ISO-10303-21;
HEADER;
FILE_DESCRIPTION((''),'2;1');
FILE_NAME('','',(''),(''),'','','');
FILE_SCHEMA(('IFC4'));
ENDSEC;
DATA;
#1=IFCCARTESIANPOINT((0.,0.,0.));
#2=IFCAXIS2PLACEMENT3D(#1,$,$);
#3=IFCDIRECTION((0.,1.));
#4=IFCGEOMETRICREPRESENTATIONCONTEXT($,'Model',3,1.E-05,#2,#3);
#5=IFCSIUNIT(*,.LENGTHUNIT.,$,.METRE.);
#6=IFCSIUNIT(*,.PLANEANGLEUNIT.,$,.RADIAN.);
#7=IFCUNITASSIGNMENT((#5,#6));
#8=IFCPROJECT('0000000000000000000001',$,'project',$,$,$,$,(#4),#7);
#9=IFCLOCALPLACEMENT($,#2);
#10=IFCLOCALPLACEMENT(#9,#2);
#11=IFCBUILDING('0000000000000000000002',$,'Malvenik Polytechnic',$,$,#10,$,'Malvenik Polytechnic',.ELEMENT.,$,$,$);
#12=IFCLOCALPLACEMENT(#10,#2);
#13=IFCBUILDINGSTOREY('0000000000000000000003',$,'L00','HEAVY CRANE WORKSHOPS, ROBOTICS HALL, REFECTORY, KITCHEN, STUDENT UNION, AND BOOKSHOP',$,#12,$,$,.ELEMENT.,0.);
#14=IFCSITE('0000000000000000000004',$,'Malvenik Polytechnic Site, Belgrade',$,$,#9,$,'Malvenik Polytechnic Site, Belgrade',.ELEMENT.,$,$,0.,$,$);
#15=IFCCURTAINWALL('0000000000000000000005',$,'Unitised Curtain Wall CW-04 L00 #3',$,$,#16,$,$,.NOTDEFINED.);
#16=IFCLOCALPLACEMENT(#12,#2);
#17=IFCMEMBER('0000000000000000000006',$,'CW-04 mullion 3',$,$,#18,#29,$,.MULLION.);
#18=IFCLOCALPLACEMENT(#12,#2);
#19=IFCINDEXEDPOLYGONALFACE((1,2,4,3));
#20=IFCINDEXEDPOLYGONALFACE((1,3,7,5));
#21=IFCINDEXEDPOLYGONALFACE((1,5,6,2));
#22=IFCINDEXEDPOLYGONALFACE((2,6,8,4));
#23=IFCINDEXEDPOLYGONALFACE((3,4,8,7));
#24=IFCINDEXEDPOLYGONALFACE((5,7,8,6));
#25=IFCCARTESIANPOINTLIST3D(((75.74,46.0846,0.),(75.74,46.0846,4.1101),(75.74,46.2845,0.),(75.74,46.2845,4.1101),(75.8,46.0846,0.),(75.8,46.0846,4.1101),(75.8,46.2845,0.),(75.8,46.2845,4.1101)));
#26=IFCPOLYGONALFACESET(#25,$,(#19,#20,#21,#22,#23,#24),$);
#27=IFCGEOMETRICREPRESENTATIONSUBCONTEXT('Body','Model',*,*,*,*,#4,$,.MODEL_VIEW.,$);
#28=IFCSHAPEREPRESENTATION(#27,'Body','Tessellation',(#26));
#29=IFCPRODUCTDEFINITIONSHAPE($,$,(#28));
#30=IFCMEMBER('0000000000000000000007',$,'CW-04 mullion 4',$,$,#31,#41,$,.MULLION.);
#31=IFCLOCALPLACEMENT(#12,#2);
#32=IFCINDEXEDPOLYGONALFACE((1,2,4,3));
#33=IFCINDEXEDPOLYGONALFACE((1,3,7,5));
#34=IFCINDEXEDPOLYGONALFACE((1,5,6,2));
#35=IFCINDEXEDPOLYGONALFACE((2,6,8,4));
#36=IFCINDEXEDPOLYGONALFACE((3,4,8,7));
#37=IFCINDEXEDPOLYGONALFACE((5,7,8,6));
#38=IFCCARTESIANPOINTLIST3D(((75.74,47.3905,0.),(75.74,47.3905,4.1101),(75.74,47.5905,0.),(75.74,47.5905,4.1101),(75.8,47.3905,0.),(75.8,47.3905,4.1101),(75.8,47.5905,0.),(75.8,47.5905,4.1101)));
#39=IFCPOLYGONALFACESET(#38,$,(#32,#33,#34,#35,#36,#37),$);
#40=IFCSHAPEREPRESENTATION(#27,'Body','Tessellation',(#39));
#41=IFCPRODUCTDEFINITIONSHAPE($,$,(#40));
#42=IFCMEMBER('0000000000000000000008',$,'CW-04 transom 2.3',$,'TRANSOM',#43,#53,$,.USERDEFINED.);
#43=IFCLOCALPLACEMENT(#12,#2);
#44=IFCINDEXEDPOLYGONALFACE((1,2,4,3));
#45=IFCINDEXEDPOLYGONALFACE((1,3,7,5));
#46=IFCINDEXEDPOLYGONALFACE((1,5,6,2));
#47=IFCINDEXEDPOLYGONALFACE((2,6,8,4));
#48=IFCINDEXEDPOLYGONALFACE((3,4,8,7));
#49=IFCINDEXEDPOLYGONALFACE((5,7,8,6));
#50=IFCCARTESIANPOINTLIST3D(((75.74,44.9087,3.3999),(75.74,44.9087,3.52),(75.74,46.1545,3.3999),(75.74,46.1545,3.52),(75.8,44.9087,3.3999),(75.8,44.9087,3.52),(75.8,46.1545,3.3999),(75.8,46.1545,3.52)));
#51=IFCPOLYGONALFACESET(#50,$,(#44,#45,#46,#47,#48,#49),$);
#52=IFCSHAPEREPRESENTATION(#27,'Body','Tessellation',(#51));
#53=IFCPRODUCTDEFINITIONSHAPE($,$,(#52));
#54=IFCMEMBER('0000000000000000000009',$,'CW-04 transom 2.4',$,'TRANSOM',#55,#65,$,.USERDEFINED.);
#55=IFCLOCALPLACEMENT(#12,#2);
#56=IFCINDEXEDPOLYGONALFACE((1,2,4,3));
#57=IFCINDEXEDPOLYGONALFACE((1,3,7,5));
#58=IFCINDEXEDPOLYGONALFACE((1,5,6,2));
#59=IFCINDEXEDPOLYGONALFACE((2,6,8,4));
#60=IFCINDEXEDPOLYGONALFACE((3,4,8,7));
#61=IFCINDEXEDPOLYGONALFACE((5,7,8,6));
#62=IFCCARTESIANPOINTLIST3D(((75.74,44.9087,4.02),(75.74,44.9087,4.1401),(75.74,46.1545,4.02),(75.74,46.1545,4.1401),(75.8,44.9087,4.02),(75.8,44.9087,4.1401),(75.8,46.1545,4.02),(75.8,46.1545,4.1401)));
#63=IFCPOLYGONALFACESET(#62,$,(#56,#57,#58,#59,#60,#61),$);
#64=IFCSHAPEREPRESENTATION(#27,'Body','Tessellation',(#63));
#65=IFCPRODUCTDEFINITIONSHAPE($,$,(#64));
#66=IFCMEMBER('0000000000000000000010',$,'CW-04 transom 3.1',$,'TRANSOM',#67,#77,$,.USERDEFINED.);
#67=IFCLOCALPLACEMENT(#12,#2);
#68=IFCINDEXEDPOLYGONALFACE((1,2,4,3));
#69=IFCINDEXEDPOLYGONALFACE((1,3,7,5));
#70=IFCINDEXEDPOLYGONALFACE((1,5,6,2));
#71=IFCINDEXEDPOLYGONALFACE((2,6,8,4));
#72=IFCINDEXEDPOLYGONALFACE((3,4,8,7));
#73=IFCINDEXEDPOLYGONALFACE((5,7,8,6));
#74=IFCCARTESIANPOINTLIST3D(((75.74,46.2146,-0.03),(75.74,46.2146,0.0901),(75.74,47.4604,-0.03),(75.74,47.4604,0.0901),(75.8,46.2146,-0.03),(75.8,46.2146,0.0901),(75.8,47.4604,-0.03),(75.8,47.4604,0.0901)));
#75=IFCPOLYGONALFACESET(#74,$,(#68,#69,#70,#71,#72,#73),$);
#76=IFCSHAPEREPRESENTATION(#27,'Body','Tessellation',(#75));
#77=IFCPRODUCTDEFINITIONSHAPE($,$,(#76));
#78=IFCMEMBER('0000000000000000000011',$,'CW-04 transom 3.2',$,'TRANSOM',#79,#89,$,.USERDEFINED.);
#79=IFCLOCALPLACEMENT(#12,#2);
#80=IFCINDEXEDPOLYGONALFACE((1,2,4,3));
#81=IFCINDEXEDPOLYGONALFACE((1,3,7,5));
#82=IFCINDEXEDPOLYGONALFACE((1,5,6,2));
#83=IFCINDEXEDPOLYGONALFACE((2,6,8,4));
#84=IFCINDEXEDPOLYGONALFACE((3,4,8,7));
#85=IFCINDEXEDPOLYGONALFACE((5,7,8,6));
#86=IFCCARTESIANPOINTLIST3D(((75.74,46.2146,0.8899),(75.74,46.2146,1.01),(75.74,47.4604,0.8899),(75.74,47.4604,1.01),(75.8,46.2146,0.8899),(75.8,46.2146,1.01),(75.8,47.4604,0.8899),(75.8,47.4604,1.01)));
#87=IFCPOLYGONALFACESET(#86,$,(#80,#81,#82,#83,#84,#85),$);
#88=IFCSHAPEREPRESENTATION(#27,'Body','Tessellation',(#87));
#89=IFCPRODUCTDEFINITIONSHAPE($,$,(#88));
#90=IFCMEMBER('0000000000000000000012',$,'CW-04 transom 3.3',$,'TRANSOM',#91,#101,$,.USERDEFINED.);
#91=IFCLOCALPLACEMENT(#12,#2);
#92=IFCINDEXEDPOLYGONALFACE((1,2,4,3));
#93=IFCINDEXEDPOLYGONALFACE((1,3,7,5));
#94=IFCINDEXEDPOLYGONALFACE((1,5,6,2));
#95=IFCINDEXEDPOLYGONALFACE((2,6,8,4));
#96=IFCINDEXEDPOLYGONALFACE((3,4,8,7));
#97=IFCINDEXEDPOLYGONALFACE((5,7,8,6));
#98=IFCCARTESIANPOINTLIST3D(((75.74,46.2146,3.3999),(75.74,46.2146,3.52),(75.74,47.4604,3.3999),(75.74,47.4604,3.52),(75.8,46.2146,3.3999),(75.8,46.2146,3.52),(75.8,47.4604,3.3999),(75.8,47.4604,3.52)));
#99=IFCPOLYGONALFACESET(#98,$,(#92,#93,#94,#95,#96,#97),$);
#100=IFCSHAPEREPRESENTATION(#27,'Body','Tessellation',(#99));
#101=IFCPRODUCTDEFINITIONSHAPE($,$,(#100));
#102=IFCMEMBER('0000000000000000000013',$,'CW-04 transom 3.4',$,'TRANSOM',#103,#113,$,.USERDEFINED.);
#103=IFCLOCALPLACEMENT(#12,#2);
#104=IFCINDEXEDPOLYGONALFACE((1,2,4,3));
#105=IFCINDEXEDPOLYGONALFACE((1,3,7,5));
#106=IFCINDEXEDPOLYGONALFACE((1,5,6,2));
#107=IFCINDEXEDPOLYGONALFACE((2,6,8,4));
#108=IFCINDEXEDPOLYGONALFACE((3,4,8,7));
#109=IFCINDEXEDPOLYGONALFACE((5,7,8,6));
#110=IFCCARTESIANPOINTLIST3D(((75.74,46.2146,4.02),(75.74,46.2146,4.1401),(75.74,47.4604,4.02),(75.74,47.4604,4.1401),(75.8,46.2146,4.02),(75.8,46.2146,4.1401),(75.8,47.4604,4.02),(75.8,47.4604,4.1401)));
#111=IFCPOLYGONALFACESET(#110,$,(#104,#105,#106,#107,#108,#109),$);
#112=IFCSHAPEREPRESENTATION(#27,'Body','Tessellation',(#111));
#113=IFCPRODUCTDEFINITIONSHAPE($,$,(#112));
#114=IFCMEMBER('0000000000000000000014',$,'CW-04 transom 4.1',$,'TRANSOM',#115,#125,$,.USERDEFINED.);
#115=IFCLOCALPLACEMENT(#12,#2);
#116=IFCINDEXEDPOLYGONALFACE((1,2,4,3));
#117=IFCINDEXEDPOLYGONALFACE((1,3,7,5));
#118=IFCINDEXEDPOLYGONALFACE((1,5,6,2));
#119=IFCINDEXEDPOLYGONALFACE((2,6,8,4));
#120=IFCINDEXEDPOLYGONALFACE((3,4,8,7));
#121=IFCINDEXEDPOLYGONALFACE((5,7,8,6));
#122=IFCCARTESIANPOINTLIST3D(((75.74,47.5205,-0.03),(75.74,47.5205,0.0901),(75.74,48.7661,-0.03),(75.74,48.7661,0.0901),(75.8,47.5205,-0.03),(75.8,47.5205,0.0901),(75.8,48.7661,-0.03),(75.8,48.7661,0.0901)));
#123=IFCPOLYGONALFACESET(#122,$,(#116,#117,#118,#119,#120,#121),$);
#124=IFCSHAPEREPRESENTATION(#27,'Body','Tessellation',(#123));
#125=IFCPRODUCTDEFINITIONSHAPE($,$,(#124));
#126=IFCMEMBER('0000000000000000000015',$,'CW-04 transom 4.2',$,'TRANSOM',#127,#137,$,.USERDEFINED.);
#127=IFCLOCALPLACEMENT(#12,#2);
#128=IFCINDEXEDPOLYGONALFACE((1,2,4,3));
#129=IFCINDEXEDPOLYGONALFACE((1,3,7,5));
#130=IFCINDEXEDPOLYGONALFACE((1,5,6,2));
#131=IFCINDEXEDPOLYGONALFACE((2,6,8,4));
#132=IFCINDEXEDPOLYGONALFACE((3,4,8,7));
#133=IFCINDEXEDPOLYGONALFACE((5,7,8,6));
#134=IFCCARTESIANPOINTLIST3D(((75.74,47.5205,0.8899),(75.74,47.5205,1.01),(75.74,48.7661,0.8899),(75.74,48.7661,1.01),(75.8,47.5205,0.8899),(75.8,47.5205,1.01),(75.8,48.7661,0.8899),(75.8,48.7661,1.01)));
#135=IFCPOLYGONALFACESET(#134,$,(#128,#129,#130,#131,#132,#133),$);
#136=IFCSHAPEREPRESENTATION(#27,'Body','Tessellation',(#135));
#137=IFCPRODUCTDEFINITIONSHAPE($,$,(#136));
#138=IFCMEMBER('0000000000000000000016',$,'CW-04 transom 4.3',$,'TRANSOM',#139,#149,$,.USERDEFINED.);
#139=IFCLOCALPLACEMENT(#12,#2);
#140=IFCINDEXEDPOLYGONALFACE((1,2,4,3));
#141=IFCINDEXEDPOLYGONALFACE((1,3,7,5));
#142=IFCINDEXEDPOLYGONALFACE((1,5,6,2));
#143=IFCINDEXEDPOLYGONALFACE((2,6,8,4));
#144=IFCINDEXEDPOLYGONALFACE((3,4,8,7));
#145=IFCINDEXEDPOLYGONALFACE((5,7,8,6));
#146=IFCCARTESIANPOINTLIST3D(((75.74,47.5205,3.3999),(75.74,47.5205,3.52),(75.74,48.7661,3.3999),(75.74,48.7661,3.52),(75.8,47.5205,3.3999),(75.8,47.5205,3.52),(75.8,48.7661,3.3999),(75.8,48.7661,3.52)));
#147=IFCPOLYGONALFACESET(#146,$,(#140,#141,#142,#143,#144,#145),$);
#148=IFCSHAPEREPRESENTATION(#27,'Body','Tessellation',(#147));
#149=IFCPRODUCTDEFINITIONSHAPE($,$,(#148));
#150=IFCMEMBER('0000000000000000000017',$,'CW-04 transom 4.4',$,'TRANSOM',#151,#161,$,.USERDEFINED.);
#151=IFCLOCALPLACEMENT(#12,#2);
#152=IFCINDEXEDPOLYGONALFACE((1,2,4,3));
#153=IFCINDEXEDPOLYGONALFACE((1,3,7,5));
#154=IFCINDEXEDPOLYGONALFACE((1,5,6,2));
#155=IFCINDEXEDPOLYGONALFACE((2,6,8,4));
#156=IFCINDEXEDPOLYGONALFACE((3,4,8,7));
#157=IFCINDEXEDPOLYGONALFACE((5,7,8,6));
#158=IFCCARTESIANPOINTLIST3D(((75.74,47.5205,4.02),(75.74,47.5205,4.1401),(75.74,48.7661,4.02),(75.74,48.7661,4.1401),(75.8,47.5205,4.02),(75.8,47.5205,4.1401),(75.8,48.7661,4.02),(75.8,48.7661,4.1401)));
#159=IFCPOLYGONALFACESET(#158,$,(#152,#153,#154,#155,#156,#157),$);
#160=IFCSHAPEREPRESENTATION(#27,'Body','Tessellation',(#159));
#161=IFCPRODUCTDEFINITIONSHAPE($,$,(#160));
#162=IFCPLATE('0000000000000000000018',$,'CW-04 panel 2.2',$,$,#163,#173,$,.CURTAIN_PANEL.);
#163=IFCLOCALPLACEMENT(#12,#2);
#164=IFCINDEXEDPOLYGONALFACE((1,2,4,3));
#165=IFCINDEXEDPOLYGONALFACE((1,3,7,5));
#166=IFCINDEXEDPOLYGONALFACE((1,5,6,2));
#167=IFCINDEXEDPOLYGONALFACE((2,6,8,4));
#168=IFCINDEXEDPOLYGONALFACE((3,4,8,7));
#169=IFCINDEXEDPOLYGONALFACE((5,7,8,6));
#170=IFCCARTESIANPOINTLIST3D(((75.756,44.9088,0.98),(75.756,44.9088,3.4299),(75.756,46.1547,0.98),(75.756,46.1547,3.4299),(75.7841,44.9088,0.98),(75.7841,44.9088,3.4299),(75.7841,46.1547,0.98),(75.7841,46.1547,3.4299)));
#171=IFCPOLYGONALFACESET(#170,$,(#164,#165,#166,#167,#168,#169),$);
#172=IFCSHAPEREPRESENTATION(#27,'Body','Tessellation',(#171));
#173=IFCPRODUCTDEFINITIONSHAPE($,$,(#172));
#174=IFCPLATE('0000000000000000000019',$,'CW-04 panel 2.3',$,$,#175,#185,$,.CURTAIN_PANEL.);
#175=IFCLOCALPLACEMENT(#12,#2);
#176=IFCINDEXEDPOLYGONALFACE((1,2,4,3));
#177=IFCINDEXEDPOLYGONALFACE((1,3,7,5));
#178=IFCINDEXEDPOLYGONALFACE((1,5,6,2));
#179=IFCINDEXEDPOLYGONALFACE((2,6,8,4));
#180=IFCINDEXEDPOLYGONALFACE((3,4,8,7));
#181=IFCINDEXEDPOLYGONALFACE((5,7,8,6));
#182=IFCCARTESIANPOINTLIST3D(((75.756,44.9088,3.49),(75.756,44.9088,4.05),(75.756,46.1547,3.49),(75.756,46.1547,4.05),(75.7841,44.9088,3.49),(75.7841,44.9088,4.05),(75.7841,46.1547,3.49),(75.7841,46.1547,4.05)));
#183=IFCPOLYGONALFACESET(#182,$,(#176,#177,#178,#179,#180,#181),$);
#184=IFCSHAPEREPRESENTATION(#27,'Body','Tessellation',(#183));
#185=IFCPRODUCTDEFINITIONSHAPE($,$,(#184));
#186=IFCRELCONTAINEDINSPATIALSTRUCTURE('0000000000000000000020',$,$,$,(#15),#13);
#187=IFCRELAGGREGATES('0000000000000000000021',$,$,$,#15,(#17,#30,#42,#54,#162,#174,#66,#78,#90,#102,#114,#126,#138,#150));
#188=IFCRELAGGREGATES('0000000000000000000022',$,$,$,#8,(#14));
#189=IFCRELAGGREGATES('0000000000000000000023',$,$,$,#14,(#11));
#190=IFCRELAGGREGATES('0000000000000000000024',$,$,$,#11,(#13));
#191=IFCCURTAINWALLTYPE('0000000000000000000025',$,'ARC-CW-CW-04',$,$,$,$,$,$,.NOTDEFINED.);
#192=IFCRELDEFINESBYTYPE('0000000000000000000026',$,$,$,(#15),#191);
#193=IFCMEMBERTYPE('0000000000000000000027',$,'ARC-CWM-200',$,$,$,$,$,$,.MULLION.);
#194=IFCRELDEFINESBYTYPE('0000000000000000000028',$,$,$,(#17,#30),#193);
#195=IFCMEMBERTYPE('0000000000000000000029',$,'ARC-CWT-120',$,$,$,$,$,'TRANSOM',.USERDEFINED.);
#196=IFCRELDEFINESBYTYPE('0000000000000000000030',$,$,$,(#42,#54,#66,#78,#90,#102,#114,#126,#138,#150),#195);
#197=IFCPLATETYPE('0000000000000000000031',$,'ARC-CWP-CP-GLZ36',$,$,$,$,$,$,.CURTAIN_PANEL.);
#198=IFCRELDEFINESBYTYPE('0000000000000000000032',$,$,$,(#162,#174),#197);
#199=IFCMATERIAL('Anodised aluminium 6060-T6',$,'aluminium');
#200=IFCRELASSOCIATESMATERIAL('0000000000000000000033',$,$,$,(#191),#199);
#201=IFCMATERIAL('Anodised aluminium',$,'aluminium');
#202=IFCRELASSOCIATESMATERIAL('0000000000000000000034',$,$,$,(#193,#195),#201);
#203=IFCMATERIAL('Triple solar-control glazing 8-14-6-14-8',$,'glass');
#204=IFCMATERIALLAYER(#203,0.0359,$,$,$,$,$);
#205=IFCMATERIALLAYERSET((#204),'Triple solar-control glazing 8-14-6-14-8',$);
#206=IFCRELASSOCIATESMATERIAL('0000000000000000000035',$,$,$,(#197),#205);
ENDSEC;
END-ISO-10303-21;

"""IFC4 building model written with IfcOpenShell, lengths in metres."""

from ifc_helpers import new_model, si_unit, direction, frame, origin, origin_2d, place, context, subcontext, project, spatial, rectangle, extrude, material, layer, layer_set, material_profile, profile_set, type_object, element, aggregate, save


model = new_model("IFC4")

# Units and contexts
model_context = context("Model", 3, precision=1e-05, world=origin(), true_north=direction((0.0, 1.0)))
body_context = subcontext(model_context, "Body", "Model", "MODEL_VIEW")
ifc_project = project(units=[si_unit("LENGTHUNIT", "METRE"), si_unit("PLANEANGLEUNIT", "RADIAN")], contexts=[model_context])

# Site, building, storey
site_placement = place(None, origin())
site = spatial("IfcSite", under=ifc_project, at=site_placement, Name="Malvenik Polytechnic Site, Belgrade", LongName="Malvenik Polytechnic Site, Belgrade", CompositionType="ELEMENT", RefElevation=0.0)
building_placement = place(site_placement, origin())
building = spatial("IfcBuilding", under=site, at=building_placement, Name="Malvenik Polytechnic", LongName="Malvenik Polytechnic", CompositionType="ELEMENT")
storey_placement = place(building_placement, origin())
storey = spatial("IfcBuildingStorey", under=building, at=storey_placement, Name="L00", Description="HEAVY CRANE WORKSHOPS, ROBOTICS HALL, REFECTORY, KITCHEN, STUDENT UNION, AND BOOKSHOP", CompositionType="ELEMENT", Elevation=0.0)

# Curtain wall, members, plates
ifc_material_1 = material(Name="Anodised aluminium 6060-T6", Category="aluminium")
curtain_wall_type = type_object("IfcCurtainWallType", Name="ARC-CW-CW-04", PredefinedType="NOTDEFINED", material=ifc_material_1)
curtain_wall_placement = place(storey_placement, origin())
curtain_wall = element("IfcCurtainWall", 1, at=curtain_wall_placement, inside=storey, type_object=curtain_wall_type, Name="Unitised Curtain Wall CW-04 L00 #3", PredefinedType="NOTDEFINED")
ifc_material_2 = material(Name="Anodised aluminium", Category="aluminium")
ifc_material_profile_1 = material_profile(ifc_material_2, rectangle(XDim=0.0601, YDim=0.2, at=origin_2d()), Name="ALU MULLION 60x200")
ifc_profile_set_1 = profile_set([ifc_material_profile_1], Name="Anodised aluminium")
member_type_1 = type_object("IfcMemberType", Name="ARC-CWM-200", PredefinedType="MULLION", material=ifc_profile_set_1)
member_1_placement = place(storey_placement, frame((75.77, 46.1846, 0.0), z_axis=(0.0, 0.0, 1.0), x_axis=(-1.0, 0.0, 0.0)))
member_1 = element("IfcMember", 2, at=member_1_placement, type_object=member_type_1, Name="CW-04 mullion 3", PredefinedType="MULLION", context=body_context, shape_type="SweptSolid", body=[
    extrude(rectangle(XDim=0.0601, YDim=0.2, at=origin_2d()), origin(), (0.0, 0.0, 1.0), 4.1101),
])
member_2_placement = place(storey_placement, frame((75.77, 47.4905, 0.0), z_axis=(0.0, 0.0, 1.0), x_axis=(-1.0, 0.0, 0.0)))
member_2 = element("IfcMember", 3, at=member_2_placement, type_object=member_type_1, Name="CW-04 mullion 4", PredefinedType="MULLION", context=body_context, shape_type="SweptSolid", body=[
    extrude(rectangle(XDim=0.0601, YDim=0.2, at=origin_2d()), origin(), (0.0, 0.0, 1.0), 4.1101),
])
ifc_material_profile_2 = material_profile(ifc_material_2, rectangle(XDim=0.0601, YDim=0.1201, at=origin_2d()), Name="ALU TRANSOM 60x120")
ifc_profile_set_2 = profile_set([ifc_material_profile_2], Name="Anodised aluminium")
member_type_2 = type_object("IfcMemberType", Name="ARC-CWT-120", ElementType="TRANSOM", PredefinedType="USERDEFINED", material=ifc_profile_set_2)
member_3_placement = place(storey_placement, frame((75.77, 44.9087, 3.46), z_axis=(0.0, 1.0, 0.0), x_axis=(-1.0, 0.0, 0.0)))
member_3 = element("IfcMember", 4, at=member_3_placement, type_object=member_type_2, Name="CW-04 transom 2.3", ObjectType="TRANSOM", PredefinedType="USERDEFINED", context=body_context, shape_type="SweptSolid", body=[
    extrude(rectangle(XDim=0.0601, YDim=0.1201, at=origin_2d()), origin(), (0.0, 0.0, 1.0), 1.2458),
])
member_4_placement = place(storey_placement, frame((75.77, 44.9087, 4.0801), z_axis=(0.0, 1.0, 0.0), x_axis=(-1.0, 0.0, 0.0)))
member_4 = element("IfcMember", 5, at=member_4_placement, type_object=member_type_2, Name="CW-04 transom 2.4", ObjectType="TRANSOM", PredefinedType="USERDEFINED", context=body_context, shape_type="SweptSolid", body=[
    extrude(rectangle(XDim=0.0601, YDim=0.1201, at=origin_2d()), origin(), (0.0, 0.0, 1.0), 1.2458),
])
member_5_placement = place(storey_placement, frame((75.77, 46.2146, 0.03), z_axis=(0.0, 1.0, 0.0), x_axis=(-1.0, 0.0, 0.0)))
member_5 = element("IfcMember", 6, at=member_5_placement, type_object=member_type_2, Name="CW-04 transom 3.1", ObjectType="TRANSOM", PredefinedType="USERDEFINED", context=body_context, shape_type="SweptSolid", body=[
    extrude(rectangle(XDim=0.0601, YDim=0.1201, at=origin_2d()), origin(), (0.0, 0.0, 1.0), 1.2458),
])
member_6_placement = place(storey_placement, frame((75.77, 46.2146, 0.95), z_axis=(0.0, 1.0, 0.0), x_axis=(-1.0, 0.0, 0.0)))
member_6 = element("IfcMember", 7, at=member_6_placement, type_object=member_type_2, Name="CW-04 transom 3.2", ObjectType="TRANSOM", PredefinedType="USERDEFINED", context=body_context, shape_type="SweptSolid", body=[
    extrude(rectangle(XDim=0.0601, YDim=0.1201, at=origin_2d()), origin(), (0.0, 0.0, 1.0), 1.2458),
])
member_7_placement = place(storey_placement, frame((75.77, 46.2146, 3.46), z_axis=(0.0, 1.0, 0.0), x_axis=(-1.0, 0.0, 0.0)))
member_7 = element("IfcMember", 8, at=member_7_placement, type_object=member_type_2, Name="CW-04 transom 3.3", ObjectType="TRANSOM", PredefinedType="USERDEFINED", context=body_context, shape_type="SweptSolid", body=[
    extrude(rectangle(XDim=0.0601, YDim=0.1201, at=origin_2d()), origin(), (0.0, 0.0, 1.0), 1.2458),
])
member_8_placement = place(storey_placement, frame((75.77, 46.2146, 4.0801), z_axis=(0.0, 1.0, 0.0), x_axis=(-1.0, 0.0, 0.0)))
member_8 = element("IfcMember", 9, at=member_8_placement, type_object=member_type_2, Name="CW-04 transom 3.4", ObjectType="TRANSOM", PredefinedType="USERDEFINED", context=body_context, shape_type="SweptSolid", body=[
    extrude(rectangle(XDim=0.0601, YDim=0.1201, at=origin_2d()), origin(), (0.0, 0.0, 1.0), 1.2458),
])
member_9_placement = place(storey_placement, frame((75.77, 47.5205, 0.03), z_axis=(0.0, 1.0, 0.0), x_axis=(-1.0, 0.0, 0.0)))
member_9 = element("IfcMember", 10, at=member_9_placement, type_object=member_type_2, Name="CW-04 transom 4.1", ObjectType="TRANSOM", PredefinedType="USERDEFINED", context=body_context, shape_type="SweptSolid", body=[
    extrude(rectangle(XDim=0.0601, YDim=0.1201, at=origin_2d()), origin(), (0.0, 0.0, 1.0), 1.2456),
])
member_10_placement = place(storey_placement, frame((75.77, 47.5205, 0.95), z_axis=(0.0, 1.0, 0.0), x_axis=(-1.0, 0.0, 0.0)))
member_10 = element("IfcMember", 11, at=member_10_placement, type_object=member_type_2, Name="CW-04 transom 4.2", ObjectType="TRANSOM", PredefinedType="USERDEFINED", context=body_context, shape_type="SweptSolid", body=[
    extrude(rectangle(XDim=0.0601, YDim=0.1201, at=origin_2d()), origin(), (0.0, 0.0, 1.0), 1.2456),
])
member_11_placement = place(storey_placement, frame((75.77, 47.5205, 3.46), z_axis=(0.0, 1.0, 0.0), x_axis=(-1.0, 0.0, 0.0)))
member_11 = element("IfcMember", 12, at=member_11_placement, type_object=member_type_2, Name="CW-04 transom 4.3", ObjectType="TRANSOM", PredefinedType="USERDEFINED", context=body_context, shape_type="SweptSolid", body=[
    extrude(rectangle(XDim=0.0601, YDim=0.1201, at=origin_2d()), origin(), (0.0, 0.0, 1.0), 1.2456),
])
member_12_placement = place(storey_placement, frame((75.77, 47.5205, 4.0801), z_axis=(0.0, 1.0, 0.0), x_axis=(-1.0, 0.0, 0.0)))
member_12 = element("IfcMember", 13, at=member_12_placement, type_object=member_type_2, Name="CW-04 transom 4.4", ObjectType="TRANSOM", PredefinedType="USERDEFINED", context=body_context, shape_type="SweptSolid", body=[
    extrude(rectangle(XDim=0.0601, YDim=0.1201, at=origin_2d()), origin(), (0.0, 0.0, 1.0), 1.2456),
])
ifc_material_3 = material(Name="Triple solar-control glazing 8-14-6-14-8", Category="glass")
ifc_layer_1 = layer(ifc_material_3, 0.0359)
ifc_layer_set_1 = layer_set([ifc_layer_1], Name="Triple solar-control glazing 8-14-6-14-8")
plate_type_1 = type_object("IfcPlateType", Name="ARC-CWP-CP-GLZ36", PredefinedType="CURTAIN_PANEL", material=ifc_layer_set_1)
plate_1_placement = place(storey_placement, frame((75.77, 45.5317, 0.98), z_axis=(0.0, 0.0, 1.0), x_axis=(0.0, 1.0, 0.0)))
plate_1 = element("IfcPlate", 14, at=plate_1_placement, type_object=plate_type_1, Name="CW-04 panel 2.2", PredefinedType="CURTAIN_PANEL", context=body_context, shape_type="SweptSolid", body=[
    extrude(rectangle(XDim=1.2458, YDim=0.0281, at=origin_2d()), origin(), (0.0, 0.0, 1.0), 2.45),
])
plate_2_placement = place(storey_placement, frame((75.77, 45.5317, 3.49), z_axis=(0.0, 0.0, 1.0), x_axis=(0.0, 1.0, 0.0)))
plate_2 = element("IfcPlate", 15, at=plate_2_placement, type_object=plate_type_1, Name="CW-04 panel 2.3", PredefinedType="CURTAIN_PANEL", context=body_context, shape_type="SweptSolid", body=[
    extrude(rectangle(XDim=1.2458, YDim=0.0281, at=origin_2d()), origin(), (0.0, 0.0, 1.0), 0.5601),
])
aggregate(curtain_wall, [member_1, member_2, member_3, member_4, plate_1, plate_2, member_5, member_6, member_7, member_8, member_9, member_10, member_11, member_12])

save(model, "model.ifc")
